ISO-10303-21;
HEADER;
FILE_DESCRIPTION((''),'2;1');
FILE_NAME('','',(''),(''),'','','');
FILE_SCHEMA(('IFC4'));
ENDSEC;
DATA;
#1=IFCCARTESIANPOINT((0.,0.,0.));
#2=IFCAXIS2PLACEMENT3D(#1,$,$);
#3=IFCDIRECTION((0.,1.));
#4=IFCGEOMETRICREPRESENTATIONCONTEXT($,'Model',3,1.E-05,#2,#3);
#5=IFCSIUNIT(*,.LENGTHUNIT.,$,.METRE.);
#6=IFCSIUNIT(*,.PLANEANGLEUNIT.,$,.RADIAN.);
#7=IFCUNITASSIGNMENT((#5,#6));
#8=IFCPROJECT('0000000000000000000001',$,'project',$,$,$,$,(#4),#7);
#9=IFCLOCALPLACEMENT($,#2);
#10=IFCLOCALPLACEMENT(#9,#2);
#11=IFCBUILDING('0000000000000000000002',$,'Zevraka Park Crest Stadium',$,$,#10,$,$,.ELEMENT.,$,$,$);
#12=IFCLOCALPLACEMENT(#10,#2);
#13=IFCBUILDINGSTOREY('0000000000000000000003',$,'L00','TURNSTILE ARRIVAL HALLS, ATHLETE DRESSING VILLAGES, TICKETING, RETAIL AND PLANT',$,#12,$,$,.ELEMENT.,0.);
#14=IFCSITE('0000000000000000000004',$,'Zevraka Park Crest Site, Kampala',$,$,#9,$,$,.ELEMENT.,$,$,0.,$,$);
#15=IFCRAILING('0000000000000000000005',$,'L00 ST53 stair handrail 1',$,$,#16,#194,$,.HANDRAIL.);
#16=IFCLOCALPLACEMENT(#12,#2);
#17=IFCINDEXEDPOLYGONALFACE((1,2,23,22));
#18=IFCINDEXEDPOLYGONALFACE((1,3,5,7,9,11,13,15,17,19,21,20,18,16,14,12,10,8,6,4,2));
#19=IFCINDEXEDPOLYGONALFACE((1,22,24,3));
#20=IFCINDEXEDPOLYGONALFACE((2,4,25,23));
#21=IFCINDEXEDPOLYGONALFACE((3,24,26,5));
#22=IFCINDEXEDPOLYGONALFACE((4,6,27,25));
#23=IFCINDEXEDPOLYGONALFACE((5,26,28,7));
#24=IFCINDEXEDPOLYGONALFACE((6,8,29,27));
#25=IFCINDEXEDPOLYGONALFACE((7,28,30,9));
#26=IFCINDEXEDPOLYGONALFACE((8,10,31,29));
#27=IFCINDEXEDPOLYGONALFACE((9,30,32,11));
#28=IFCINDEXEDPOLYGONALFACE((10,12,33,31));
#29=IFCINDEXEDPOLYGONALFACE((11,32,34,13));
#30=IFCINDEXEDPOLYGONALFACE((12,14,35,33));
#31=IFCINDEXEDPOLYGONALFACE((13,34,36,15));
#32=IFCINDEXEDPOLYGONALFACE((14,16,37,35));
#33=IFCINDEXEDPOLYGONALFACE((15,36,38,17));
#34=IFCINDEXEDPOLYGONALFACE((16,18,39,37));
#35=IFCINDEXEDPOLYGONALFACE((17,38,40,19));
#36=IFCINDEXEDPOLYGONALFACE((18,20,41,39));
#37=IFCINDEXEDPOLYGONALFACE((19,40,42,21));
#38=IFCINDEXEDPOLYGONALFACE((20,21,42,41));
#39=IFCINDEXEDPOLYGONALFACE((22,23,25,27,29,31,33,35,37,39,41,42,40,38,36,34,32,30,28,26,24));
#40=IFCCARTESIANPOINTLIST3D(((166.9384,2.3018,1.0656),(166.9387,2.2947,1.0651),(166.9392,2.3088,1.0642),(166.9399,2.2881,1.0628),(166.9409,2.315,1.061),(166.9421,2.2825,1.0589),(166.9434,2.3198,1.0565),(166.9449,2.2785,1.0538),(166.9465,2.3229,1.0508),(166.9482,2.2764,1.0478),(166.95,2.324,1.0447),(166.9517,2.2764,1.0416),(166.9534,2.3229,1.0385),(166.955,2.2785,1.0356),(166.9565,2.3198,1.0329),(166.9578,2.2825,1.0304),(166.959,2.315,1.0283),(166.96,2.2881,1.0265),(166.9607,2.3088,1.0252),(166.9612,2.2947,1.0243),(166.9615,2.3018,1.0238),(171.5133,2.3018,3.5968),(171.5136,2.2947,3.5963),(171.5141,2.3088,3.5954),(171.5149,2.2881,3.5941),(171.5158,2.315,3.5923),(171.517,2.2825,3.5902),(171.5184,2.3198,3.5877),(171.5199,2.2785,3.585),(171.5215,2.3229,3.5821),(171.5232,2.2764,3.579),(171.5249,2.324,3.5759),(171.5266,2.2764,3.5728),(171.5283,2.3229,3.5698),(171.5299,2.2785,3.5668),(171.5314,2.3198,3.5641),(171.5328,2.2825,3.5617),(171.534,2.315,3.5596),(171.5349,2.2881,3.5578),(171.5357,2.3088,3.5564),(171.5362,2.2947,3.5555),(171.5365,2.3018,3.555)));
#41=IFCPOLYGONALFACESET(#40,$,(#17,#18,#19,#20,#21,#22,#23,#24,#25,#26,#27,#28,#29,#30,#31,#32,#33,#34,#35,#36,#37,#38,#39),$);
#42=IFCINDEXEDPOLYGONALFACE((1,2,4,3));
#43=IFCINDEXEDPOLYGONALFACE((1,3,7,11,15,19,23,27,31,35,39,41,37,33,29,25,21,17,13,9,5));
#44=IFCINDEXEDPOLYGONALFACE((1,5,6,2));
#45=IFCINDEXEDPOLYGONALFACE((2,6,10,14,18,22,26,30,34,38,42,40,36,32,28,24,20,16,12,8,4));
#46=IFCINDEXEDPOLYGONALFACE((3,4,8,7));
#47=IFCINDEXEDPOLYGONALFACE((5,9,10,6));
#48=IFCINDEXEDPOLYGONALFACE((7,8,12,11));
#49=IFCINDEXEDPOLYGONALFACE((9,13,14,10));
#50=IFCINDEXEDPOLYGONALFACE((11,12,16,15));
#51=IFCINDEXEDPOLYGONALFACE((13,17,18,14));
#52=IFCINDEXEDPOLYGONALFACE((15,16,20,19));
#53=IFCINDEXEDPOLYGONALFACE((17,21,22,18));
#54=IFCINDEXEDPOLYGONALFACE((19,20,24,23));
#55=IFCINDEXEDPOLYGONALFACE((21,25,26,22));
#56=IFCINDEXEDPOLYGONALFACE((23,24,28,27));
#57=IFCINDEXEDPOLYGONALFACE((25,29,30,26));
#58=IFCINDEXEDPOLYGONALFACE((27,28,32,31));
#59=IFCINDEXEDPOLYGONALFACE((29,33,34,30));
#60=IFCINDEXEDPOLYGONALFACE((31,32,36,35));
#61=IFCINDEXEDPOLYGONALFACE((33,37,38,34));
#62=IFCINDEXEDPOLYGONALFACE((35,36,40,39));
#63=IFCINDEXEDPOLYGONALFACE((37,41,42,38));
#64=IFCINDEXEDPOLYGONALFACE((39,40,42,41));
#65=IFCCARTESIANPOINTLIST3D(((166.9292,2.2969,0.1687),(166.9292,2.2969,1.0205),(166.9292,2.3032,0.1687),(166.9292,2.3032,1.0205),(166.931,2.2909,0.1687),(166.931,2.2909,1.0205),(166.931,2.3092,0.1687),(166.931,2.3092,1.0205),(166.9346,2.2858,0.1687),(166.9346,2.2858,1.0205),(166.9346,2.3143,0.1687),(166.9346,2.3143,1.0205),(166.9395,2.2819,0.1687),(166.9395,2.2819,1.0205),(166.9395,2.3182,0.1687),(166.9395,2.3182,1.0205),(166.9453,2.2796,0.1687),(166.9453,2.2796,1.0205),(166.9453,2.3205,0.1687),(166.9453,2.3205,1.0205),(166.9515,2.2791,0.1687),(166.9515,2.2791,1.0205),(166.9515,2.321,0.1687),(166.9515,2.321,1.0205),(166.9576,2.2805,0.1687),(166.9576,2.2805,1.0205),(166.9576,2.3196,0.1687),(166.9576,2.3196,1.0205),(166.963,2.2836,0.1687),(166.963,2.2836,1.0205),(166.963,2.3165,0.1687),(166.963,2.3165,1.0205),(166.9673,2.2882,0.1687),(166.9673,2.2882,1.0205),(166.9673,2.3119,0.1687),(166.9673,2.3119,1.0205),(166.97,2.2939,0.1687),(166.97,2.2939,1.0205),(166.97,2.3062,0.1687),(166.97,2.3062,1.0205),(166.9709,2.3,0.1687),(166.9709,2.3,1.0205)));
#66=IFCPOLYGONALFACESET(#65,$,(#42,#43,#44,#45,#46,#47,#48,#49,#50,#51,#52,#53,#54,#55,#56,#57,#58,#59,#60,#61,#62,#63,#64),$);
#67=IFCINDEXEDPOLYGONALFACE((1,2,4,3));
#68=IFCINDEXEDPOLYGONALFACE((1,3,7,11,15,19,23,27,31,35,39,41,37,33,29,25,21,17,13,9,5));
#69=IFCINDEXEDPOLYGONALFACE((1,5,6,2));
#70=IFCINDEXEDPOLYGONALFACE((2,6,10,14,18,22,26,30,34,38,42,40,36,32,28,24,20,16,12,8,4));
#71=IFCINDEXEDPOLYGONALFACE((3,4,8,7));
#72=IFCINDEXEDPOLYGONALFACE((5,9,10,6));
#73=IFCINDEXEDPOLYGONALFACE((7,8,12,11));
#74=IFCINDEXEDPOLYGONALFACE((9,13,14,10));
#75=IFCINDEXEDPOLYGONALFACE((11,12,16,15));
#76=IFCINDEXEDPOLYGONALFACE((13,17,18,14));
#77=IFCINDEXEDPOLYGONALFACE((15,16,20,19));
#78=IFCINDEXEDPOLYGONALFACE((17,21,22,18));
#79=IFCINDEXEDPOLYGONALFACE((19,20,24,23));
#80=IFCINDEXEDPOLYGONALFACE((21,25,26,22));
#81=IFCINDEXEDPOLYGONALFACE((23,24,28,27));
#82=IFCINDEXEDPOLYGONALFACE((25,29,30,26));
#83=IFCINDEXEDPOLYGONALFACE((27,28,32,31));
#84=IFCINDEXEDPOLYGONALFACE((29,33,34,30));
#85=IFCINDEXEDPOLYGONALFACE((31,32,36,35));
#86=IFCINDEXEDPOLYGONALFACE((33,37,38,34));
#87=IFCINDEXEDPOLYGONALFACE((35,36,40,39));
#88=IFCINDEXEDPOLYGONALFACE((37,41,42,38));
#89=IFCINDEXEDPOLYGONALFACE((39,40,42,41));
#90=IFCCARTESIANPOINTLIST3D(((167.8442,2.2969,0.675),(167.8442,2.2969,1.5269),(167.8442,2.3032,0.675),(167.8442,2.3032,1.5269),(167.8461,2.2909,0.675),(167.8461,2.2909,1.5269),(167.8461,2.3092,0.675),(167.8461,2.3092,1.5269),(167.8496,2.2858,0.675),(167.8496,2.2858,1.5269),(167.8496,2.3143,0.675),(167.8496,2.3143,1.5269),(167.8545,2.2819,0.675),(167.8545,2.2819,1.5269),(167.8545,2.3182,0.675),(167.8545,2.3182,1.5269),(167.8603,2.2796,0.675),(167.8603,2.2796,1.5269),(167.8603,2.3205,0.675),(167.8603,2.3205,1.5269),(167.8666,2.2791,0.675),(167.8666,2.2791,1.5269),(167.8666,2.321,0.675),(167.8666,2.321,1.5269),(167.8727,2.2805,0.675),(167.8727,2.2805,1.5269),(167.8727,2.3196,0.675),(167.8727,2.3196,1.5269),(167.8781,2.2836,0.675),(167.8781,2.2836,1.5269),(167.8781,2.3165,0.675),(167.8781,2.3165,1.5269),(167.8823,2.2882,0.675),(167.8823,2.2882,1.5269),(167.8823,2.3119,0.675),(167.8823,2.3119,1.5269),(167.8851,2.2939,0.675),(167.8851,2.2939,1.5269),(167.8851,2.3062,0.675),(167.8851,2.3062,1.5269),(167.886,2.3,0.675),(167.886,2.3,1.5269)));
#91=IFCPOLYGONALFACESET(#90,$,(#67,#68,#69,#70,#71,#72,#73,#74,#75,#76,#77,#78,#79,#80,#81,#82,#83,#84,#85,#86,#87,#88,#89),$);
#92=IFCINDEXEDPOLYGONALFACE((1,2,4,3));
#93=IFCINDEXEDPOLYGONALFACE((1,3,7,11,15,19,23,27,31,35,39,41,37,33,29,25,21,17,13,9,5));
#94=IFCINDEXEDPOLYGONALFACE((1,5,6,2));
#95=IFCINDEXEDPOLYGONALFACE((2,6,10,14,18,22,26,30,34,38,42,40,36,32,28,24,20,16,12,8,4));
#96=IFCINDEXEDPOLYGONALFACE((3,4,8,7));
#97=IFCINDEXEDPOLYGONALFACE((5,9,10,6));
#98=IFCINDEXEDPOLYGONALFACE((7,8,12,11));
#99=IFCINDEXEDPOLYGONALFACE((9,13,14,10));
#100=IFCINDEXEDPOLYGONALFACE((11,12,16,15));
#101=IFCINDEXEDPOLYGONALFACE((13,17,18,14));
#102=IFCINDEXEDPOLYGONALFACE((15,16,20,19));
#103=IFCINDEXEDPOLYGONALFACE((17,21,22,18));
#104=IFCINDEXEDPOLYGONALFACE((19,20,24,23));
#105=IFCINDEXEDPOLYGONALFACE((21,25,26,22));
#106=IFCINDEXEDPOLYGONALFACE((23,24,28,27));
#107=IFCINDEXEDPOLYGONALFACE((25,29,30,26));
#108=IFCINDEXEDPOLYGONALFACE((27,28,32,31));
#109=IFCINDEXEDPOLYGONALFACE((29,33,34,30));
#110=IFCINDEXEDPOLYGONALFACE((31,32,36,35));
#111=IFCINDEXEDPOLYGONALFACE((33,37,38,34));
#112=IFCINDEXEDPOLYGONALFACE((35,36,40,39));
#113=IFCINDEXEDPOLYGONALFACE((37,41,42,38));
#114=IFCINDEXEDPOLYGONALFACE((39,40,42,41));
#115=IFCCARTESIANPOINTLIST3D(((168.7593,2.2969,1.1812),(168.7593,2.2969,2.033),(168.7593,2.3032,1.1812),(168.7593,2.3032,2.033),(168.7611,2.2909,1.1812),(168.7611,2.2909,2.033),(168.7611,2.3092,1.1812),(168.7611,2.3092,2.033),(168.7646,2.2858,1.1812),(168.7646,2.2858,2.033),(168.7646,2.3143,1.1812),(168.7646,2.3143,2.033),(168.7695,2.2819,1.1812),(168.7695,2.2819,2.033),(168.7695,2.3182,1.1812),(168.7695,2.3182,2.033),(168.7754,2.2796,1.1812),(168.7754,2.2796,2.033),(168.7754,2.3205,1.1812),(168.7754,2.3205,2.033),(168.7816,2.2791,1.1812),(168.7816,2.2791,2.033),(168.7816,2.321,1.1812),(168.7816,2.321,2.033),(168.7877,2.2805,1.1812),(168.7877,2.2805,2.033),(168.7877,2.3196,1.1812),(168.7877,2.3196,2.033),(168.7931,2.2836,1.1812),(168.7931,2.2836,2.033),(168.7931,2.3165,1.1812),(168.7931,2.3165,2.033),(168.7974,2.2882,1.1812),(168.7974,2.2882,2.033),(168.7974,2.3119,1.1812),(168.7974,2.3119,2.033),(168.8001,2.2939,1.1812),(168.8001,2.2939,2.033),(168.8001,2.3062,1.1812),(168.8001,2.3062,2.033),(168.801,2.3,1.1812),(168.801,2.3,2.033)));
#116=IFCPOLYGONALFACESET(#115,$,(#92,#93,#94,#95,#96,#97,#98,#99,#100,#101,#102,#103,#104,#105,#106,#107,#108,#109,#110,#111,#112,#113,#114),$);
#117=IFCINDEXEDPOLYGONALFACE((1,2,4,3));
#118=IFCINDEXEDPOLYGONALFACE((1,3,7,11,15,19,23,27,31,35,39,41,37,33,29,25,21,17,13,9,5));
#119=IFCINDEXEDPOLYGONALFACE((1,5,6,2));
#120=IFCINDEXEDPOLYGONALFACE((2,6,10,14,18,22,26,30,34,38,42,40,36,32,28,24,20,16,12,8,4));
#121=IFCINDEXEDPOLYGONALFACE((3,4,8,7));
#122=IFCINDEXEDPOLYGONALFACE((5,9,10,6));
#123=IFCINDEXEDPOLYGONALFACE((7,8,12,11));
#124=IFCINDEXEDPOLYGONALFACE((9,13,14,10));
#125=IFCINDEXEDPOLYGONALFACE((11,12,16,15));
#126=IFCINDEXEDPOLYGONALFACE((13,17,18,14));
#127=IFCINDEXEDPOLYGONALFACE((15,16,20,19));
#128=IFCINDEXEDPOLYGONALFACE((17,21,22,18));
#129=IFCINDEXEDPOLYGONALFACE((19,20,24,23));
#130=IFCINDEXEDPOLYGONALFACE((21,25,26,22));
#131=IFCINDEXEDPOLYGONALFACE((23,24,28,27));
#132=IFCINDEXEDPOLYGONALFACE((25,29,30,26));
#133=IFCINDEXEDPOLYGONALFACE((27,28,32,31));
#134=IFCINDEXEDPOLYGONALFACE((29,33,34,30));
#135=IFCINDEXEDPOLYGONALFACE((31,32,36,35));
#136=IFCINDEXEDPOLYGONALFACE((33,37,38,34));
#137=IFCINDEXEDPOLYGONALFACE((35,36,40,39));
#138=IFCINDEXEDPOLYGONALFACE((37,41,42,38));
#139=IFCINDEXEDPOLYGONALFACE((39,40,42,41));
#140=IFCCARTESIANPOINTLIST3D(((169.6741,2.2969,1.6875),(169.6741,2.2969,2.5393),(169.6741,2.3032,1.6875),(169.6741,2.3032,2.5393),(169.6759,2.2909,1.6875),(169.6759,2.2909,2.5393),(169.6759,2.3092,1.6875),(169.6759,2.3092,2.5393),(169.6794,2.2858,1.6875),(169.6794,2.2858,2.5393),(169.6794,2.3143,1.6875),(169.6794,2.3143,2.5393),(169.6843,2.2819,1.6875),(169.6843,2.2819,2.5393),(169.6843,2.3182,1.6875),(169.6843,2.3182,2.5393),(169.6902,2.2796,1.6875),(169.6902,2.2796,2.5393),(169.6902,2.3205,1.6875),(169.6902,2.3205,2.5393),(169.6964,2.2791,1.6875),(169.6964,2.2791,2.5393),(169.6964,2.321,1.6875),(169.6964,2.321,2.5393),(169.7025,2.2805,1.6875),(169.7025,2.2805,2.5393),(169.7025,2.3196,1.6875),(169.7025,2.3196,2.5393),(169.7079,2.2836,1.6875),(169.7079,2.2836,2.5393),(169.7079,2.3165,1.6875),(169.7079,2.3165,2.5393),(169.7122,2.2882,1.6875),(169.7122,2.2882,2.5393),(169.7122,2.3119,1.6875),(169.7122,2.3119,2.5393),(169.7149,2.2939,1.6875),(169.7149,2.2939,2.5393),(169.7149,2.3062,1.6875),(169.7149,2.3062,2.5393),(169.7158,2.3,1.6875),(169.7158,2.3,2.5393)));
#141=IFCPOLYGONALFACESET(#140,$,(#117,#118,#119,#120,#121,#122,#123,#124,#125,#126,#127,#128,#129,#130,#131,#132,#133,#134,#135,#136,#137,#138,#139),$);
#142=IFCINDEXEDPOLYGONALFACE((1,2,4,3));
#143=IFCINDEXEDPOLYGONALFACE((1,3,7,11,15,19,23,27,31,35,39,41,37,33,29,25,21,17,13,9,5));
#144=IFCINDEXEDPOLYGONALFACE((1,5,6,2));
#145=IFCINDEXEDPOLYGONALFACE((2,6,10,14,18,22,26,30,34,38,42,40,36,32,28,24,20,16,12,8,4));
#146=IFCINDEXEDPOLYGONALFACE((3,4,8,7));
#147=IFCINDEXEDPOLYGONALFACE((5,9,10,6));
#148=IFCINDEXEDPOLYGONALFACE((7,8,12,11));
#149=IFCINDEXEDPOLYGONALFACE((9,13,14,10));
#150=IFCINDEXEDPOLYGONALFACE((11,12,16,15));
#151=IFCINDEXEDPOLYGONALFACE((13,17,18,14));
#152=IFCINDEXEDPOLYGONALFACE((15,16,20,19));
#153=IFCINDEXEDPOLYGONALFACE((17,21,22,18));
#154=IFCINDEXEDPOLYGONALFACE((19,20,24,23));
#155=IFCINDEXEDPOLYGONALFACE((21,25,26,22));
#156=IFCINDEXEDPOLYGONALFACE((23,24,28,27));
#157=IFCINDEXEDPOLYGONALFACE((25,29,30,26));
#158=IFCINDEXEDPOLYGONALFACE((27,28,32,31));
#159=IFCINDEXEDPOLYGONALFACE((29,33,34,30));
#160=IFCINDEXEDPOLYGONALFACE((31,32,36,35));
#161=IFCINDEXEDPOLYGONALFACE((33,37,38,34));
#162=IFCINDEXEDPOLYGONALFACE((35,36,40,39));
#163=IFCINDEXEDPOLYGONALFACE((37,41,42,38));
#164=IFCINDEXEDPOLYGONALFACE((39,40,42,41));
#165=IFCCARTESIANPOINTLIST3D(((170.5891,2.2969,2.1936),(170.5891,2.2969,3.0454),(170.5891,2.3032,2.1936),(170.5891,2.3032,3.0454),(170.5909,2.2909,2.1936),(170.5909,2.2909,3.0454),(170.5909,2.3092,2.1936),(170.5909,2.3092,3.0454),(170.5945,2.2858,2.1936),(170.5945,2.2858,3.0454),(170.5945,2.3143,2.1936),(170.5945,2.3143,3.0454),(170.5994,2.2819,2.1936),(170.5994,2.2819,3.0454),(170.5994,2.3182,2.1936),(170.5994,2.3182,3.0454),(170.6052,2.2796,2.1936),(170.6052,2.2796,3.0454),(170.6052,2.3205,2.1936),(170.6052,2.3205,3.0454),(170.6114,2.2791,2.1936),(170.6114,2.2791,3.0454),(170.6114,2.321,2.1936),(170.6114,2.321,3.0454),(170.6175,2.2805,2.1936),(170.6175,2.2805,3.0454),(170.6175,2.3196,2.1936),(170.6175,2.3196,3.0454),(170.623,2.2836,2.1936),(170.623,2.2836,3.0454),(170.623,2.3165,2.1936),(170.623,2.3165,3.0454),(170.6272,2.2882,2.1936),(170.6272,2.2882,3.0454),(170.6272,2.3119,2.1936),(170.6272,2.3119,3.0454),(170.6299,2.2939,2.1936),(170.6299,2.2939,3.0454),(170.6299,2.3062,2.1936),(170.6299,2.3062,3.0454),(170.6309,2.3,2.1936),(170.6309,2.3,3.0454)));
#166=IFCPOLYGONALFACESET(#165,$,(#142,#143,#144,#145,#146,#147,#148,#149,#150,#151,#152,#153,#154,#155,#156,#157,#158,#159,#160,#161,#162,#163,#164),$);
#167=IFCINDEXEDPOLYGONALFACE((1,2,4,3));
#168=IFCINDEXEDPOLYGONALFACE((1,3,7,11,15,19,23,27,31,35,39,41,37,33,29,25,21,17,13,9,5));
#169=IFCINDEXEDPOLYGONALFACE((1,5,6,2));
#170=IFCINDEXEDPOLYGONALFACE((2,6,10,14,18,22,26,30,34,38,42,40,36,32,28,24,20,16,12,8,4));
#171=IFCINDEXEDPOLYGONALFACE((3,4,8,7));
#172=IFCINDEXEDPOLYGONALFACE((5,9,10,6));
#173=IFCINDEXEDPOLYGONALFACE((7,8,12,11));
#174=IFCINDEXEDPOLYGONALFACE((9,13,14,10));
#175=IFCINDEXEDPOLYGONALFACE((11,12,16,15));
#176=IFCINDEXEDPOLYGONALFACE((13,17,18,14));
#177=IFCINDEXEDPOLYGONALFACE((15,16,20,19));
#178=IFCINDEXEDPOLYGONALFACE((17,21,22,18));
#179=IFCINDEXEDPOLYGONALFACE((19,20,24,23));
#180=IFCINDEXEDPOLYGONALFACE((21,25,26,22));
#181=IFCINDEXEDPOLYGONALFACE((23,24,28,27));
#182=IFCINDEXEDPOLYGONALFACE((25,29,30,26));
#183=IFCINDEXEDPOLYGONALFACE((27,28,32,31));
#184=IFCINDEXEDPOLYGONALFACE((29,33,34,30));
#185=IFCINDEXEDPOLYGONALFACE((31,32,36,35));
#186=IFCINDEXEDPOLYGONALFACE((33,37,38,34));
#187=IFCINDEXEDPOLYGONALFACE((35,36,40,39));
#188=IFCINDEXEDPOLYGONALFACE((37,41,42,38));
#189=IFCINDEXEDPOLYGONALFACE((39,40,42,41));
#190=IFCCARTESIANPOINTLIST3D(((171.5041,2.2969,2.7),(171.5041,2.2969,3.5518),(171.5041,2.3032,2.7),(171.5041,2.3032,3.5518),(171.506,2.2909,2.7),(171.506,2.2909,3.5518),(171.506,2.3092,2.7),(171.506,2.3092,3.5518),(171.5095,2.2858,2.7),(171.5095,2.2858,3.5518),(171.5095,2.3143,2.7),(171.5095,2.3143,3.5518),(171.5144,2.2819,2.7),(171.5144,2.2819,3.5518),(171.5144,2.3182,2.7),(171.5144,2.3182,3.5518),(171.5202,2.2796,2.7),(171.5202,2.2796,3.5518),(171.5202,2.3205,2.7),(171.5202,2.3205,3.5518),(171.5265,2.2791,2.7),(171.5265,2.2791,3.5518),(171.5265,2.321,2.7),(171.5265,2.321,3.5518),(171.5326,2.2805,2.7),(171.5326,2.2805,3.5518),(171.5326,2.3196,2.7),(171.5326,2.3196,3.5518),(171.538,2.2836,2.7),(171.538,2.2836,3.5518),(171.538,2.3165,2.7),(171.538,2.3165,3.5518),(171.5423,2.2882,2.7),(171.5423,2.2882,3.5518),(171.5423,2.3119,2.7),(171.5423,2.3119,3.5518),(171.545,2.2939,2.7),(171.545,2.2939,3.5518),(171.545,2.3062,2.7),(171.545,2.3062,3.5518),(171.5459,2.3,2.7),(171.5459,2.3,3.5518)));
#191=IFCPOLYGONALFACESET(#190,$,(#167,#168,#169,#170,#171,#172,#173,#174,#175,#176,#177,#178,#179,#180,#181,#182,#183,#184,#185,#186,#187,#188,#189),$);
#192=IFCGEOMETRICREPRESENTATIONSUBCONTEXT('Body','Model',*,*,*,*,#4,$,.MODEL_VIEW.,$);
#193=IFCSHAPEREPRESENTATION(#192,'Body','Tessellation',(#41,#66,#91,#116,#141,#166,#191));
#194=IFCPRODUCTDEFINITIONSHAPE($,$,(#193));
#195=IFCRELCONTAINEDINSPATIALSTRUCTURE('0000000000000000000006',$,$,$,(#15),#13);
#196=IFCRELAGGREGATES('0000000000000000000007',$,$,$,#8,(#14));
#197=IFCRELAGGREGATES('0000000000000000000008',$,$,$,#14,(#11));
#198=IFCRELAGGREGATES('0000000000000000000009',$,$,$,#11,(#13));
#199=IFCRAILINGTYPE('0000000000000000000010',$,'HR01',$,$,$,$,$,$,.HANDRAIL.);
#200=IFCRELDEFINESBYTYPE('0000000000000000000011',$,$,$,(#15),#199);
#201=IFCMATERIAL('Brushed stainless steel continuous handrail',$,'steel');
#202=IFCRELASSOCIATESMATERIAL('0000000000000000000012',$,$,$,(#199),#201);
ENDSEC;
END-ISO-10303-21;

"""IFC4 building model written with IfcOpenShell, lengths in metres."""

from ifc_helpers import new_model, si_unit, direction, frame, origin, origin_2d, place, context, subcontext, project, spatial, circle, extrude, material, type_object, element, save


model = new_model("IFC4")

# Units and contexts
model_context = context("Model", 3, precision=1e-05, world=origin(), true_north=direction((0.0, 1.0)))
body_context = subcontext(model_context, "Body", "Model", "MODEL_VIEW")
ifc_project = project(units=[si_unit("LENGTHUNIT", "METRE"), si_unit("PLANEANGLEUNIT", "RADIAN")], contexts=[model_context])

# Site, building, storey
site_placement = place(None, origin())
site = spatial("IfcSite", under=ifc_project, at=site_placement, Name="Zevraka Park Crest Site, Kampala", CompositionType="ELEMENT", RefElevation=0.0)
building_placement = place(site_placement, origin())
building = spatial("IfcBuilding", under=site, at=building_placement, Name="Zevraka Park Crest Stadium", CompositionType="ELEMENT")
storey_placement = place(building_placement, origin())
storey = spatial("IfcBuildingStorey", under=building, at=storey_placement, Name="L00", Description="TURNSTILE ARRIVAL HALLS, ATHLETE DRESSING VILLAGES, TICKETING, RETAIL AND PLANT", CompositionType="ELEMENT", Elevation=0.0)

# Railing
ifc_material_1 = material(Name="Brushed stainless steel continuous handrail", Category="steel")
railing_type_1 = type_object("IfcRailingType", Name="HR01", PredefinedType="HANDRAIL", material=ifc_material_1)
railing_1_placement = place(storey_placement, frame((166.95, 2.3, 0.1687)))
element("IfcRailing", 1, at=railing_1_placement, inside=storey, type_object=railing_type_1, Name="L00 ST53 stair handrail 1", PredefinedType="HANDRAIL", context=body_context, shape_type="SweptSolid", body=[
    extrude(circle(Radius=0.0239, at=origin_2d()), frame((0.0, 0.0, 0.876), z_axis=(0.875, 0.0, 0.484124), x_axis=(0.0, 1.0, 0.0)), (0.0, 0.0, 1.0), 5.2285),
    extrude(circle(Radius=0.021, at=origin_2d()), origin(), (0.0, 0.0, 1.0), 0.8518),
    extrude(circle(Radius=0.021, at=origin_2d()), frame((0.915, 0.0, 0.5063)), (0.0, 0.0, 1.0), 0.8518),
    extrude(circle(Radius=0.021, at=origin_2d()), frame((1.8301, 0.0, 1.0125)), (0.0, 0.0, 1.0), 0.8518),
    extrude(circle(Radius=0.021, at=origin_2d()), frame((2.7449, 0.0, 1.5188)), (0.0, 0.0, 1.0), 0.8518),
    extrude(circle(Radius=0.021, at=origin_2d()), frame((3.6599, 0.0, 2.0249)), (0.0, 0.0, 1.0), 0.8518),
    extrude(circle(Radius=0.021, at=origin_2d()), frame((4.575, 0.0, 2.5312)), (0.0, 0.0, 1.0), 0.8518),
])

save(model, "model.ifc")
